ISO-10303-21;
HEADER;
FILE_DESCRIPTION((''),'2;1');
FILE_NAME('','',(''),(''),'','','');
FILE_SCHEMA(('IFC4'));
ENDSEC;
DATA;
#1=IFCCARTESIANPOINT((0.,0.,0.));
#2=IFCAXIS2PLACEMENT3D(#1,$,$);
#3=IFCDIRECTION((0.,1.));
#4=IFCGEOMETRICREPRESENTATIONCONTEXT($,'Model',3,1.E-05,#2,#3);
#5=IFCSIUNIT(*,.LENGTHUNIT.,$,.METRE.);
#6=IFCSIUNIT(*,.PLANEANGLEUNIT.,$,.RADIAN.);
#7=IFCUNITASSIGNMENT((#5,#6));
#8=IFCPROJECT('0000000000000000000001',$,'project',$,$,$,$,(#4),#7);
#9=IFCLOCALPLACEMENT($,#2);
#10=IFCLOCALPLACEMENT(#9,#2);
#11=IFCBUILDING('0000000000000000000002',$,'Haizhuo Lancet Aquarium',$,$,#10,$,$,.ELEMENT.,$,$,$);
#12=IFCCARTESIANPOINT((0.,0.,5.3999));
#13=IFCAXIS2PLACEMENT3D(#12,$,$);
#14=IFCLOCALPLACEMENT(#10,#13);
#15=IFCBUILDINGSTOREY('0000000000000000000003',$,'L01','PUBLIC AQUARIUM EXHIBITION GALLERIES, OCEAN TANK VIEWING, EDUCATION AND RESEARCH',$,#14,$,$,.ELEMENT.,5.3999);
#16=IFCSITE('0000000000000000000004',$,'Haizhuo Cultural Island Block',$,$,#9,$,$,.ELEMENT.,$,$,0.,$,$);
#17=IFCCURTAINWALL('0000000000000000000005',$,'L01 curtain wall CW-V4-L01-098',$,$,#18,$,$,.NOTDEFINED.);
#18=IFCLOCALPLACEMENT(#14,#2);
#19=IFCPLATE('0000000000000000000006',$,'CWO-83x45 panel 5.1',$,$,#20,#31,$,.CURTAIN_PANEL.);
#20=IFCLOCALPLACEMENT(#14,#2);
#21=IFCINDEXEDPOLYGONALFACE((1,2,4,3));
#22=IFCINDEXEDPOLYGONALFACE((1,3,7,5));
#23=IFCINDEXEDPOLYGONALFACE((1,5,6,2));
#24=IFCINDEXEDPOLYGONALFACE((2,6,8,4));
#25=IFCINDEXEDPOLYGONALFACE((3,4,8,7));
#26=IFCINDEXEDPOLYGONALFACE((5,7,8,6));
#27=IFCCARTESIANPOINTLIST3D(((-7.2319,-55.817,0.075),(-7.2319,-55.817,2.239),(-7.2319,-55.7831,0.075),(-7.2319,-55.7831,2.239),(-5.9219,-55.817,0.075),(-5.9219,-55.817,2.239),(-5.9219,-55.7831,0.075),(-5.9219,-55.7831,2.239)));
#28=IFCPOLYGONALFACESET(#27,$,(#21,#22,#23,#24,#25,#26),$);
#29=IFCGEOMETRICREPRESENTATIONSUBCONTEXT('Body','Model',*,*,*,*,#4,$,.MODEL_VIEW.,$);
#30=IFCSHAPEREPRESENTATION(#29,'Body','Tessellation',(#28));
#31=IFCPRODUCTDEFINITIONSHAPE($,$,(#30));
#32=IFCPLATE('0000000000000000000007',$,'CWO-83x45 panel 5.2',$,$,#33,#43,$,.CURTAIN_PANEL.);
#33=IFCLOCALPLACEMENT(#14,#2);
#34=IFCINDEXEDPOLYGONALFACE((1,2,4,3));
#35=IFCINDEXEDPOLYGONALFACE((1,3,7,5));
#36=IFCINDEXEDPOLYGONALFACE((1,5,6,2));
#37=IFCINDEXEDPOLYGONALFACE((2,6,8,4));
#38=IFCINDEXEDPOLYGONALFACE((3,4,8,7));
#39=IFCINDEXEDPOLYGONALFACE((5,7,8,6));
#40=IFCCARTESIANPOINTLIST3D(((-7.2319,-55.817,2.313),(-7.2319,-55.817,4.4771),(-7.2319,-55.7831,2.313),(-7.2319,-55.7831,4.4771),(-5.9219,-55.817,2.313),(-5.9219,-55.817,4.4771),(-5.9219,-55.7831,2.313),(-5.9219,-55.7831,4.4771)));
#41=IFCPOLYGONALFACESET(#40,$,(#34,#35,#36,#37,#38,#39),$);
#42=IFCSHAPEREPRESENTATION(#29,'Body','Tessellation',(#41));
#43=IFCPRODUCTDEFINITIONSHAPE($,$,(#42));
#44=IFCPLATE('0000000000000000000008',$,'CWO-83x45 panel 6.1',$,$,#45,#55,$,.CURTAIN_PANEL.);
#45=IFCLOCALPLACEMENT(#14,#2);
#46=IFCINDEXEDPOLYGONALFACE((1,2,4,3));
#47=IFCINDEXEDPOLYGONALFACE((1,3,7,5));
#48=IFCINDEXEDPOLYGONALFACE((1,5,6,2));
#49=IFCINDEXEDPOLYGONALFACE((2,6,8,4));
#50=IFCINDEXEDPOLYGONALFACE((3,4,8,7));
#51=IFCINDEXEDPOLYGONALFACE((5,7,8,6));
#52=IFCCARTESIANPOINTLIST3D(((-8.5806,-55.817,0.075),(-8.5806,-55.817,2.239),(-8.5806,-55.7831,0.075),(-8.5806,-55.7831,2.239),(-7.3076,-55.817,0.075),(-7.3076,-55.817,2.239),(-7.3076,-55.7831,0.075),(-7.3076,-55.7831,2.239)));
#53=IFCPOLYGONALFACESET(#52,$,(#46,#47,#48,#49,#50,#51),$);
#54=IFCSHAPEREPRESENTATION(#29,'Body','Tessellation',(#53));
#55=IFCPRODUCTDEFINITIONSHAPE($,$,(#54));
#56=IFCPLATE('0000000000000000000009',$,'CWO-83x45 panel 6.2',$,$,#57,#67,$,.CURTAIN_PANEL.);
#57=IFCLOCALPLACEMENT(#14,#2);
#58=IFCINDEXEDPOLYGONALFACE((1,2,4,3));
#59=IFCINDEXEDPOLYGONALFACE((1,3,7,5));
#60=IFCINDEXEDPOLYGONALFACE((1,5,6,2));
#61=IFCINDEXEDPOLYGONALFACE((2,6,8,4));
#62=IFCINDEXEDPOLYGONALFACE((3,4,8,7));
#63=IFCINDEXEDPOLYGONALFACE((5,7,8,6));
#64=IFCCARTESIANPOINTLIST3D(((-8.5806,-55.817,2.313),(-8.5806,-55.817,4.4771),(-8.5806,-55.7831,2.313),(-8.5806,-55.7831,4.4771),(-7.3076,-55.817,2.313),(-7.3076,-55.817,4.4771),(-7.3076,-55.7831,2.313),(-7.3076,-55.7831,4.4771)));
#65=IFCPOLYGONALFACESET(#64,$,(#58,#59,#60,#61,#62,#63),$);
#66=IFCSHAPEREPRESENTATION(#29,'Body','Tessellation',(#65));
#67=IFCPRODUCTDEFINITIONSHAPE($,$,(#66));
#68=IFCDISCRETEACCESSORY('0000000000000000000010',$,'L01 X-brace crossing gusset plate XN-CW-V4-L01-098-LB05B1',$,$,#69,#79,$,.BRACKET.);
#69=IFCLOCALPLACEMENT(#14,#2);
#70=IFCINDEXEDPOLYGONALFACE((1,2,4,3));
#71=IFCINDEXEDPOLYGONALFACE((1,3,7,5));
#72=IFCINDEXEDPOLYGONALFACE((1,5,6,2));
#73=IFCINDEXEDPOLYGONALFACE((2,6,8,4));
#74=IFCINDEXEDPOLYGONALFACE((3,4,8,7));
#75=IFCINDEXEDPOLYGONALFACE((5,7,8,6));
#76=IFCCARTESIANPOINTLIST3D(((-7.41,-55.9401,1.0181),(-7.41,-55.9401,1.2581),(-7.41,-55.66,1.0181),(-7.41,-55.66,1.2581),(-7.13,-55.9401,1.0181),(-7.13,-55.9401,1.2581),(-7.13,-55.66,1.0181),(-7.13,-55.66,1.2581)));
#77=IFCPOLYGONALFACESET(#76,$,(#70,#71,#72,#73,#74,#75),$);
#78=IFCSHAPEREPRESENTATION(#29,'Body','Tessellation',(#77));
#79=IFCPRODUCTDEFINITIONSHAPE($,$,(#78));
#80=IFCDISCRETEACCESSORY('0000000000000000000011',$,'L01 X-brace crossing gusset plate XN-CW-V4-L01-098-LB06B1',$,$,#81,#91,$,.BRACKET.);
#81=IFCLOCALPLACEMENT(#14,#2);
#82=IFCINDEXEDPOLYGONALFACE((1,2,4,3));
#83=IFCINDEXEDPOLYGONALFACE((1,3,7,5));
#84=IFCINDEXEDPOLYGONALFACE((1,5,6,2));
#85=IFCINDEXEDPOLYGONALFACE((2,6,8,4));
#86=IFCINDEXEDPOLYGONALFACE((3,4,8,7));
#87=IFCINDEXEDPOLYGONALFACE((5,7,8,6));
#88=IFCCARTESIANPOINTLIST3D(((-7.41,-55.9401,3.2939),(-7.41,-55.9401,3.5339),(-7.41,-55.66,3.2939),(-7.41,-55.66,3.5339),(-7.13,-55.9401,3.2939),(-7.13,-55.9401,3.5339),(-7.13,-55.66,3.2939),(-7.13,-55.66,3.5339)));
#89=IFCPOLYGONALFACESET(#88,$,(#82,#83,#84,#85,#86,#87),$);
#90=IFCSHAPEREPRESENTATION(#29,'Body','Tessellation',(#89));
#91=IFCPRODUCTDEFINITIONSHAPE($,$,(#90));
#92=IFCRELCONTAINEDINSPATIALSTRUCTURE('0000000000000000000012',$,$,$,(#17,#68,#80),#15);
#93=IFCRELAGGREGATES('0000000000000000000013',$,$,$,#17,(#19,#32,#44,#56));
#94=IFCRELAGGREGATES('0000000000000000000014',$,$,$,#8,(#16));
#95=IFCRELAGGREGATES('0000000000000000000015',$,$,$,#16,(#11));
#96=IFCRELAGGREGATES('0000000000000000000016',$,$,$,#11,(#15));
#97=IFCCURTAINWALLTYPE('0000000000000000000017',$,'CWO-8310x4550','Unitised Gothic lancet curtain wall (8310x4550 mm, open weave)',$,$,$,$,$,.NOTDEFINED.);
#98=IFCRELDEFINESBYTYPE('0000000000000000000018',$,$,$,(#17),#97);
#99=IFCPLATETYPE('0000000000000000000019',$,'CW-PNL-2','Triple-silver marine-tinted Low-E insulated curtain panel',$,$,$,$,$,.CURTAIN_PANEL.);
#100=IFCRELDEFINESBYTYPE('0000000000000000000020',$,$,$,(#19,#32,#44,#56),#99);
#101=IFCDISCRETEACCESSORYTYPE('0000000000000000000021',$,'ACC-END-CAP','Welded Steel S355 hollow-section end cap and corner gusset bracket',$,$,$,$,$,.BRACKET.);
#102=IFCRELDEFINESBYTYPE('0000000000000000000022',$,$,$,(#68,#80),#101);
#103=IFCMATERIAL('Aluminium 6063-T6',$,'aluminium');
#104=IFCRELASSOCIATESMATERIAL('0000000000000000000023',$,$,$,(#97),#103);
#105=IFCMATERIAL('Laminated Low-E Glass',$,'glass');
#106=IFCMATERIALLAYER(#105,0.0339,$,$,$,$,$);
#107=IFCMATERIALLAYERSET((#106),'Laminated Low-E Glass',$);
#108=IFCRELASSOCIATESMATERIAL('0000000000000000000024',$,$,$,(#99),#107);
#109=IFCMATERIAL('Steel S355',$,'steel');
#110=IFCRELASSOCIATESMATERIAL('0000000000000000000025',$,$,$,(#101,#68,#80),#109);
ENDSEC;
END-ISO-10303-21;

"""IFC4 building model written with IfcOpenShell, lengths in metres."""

from ifc_helpers import new_model, si_unit, direction, frame, origin, origin_2d, place, context, subcontext, project, spatial, rectangle, extrude, material, layer, layer_set, type_object, element, aggregate, save


model = new_model("IFC4")

# Units and contexts
model_context = context("Model", 3, precision=1e-05, world=origin(), true_north=direction((0.0, 1.0)))
body_context = subcontext(model_context, "Body", "Model", "MODEL_VIEW")
ifc_project = project(units=[si_unit("LENGTHUNIT", "METRE"), si_unit("PLANEANGLEUNIT", "RADIAN")], contexts=[model_context])

# Site, building, storey
site_placement = place(None, origin())
site = spatial("IfcSite", under=ifc_project, at=site_placement, Name="Haizhuo Cultural Island Block", CompositionType="ELEMENT", RefElevation=0.0)
building_placement = place(site_placement, origin())
building = spatial("IfcBuilding", under=site, at=building_placement, Name="Haizhuo Lancet Aquarium", CompositionType="ELEMENT")
storey_placement = place(building_placement, frame((0.0, 0.0, 5.3999)))
storey = spatial("IfcBuildingStorey", under=building, at=storey_placement, Name="L01", Description="PUBLIC AQUARIUM EXHIBITION GALLERIES, OCEAN TANK VIEWING, EDUCATION AND RESEARCH", CompositionType="ELEMENT", Elevation=5.3999)

# Shared definitions
ifc_material_1 = material(Name="Steel S355", Category="steel")

# Curtain wall
ifc_material_2 = material(Name="Aluminium 6063-T6", Category="aluminium")
curtain_wall_type = type_object("IfcCurtainWallType", Name="CWO-8310x4550", Description="Unitised Gothic lancet curtain wall (8310x4550 mm, open weave)", PredefinedType="NOTDEFINED", material=ifc_material_2)
curtain_wall_1_placement = place(storey_placement, origin())
curtain_wall_1 = element("IfcCurtainWall", 1, at=curtain_wall_1_placement, inside=storey, type_object=curtain_wall_type, Name="L01 curtain wall CW-V4-L01-098", PredefinedType="NOTDEFINED")

# Plates
ifc_material_3 = material(Name="Laminated Low-E Glass", Category="glass")
ifc_layer = layer(ifc_material_3, 0.0339)
ifc_layer_set = layer_set([ifc_layer], Name="Laminated Low-E Glass")
plate_type = type_object("IfcPlateType", Name="CW-PNL-2", Description="Triple-silver marine-tinted Low-E insulated curtain panel", PredefinedType="CURTAIN_PANEL", material=ifc_layer_set)
plate_1_placement = place(storey_placement, frame((-6.5769, -55.8, 0.075), z_axis=(0.0, 0.0, 1.0), x_axis=(-1.0, 0.0, 0.0)))
plate_1 = element("IfcPlate", 2, at=plate_1_placement, type_object=plate_type, Name="CWO-83x45 panel 5.1", PredefinedType="CURTAIN_PANEL", context=body_context, shape_type="SweptSolid", body=[
    extrude(rectangle(XDim=1.3101, YDim=0.0339, at=origin_2d()), origin(), (0.0, 0.0, 1.0), 2.1641),
])
plate_2_placement = place(storey_placement, frame((-6.5769, -55.8, 2.313), z_axis=(0.0, 0.0, 1.0), x_axis=(-1.0, 0.0, 0.0)))
plate_2 = element("IfcPlate", 3, at=plate_2_placement, type_object=plate_type, Name="CWO-83x45 panel 5.2", PredefinedType="CURTAIN_PANEL", context=body_context, shape_type="SweptSolid", body=[
    extrude(rectangle(XDim=1.3101, YDim=0.0339, at=origin_2d()), origin(), (0.0, 0.0, 1.0), 2.1641),
])
plate_3_placement = place(storey_placement, frame((-7.9441, -55.8, 0.075), z_axis=(0.0, 0.0, 1.0), x_axis=(-1.0, 0.0, 0.0)))
plate_3 = element("IfcPlate", 4, at=plate_3_placement, type_object=plate_type, Name="CWO-83x45 panel 6.1", PredefinedType="CURTAIN_PANEL", context=body_context, shape_type="SweptSolid", body=[
    extrude(rectangle(XDim=1.2729, YDim=0.0339, at=origin_2d()), origin(), (0.0, 0.0, 1.0), 2.1641),
])
plate_4_placement = place(storey_placement, frame((-7.9441, -55.8, 2.313), z_axis=(0.0, 0.0, 1.0), x_axis=(-1.0, 0.0, 0.0)))
plate_4 = element("IfcPlate", 5, at=plate_4_placement, type_object=plate_type, Name="CWO-83x45 panel 6.2", PredefinedType="CURTAIN_PANEL", context=body_context, shape_type="SweptSolid", body=[
    extrude(rectangle(XDim=1.2729, YDim=0.0339, at=origin_2d()), origin(), (0.0, 0.0, 1.0), 2.1641),
])
aggregate(curtain_wall_1, [plate_1, plate_2, plate_3, plate_4])

# Discrete accessories
discrete_accessory_type = type_object("IfcDiscreteAccessoryType", Name="ACC-END-CAP", Description="Welded Steel S355 hollow-section end cap and corner gusset bracket", PredefinedType="BRACKET", material=ifc_material_1)
for number, where, z_axis, x_axis, name in (
    (6, (-7.27, -55.8, 1.0181), (0.0, 0.0, 1.0), (1.0, 0.0, 0.0), "L01 X-brace crossing gusset plate XN-CW-V4-L01-098-LB05B1"),
    (7, (-7.27, -55.8, 3.2939), (0.0, 0.0, 1.0), (1.0, 0.0, 0.0), "L01 X-brace crossing gusset plate XN-CW-V4-L01-098-LB06B1"),
):
    element("IfcDiscreteAccessory", number, at=place(storey_placement, frame(where, z_axis=z_axis, x_axis=x_axis)), inside=storey, type_object=discrete_accessory_type, material=ifc_material_1, Name=name, PredefinedType="BRACKET", context=body_context, shape_type="SweptSolid", body=[
        extrude(rectangle(XDim=0.28, YDim=0.28, at=origin_2d()), origin(), (0.0, 0.0, 1.0), 0.24),
    ])

save(model, "model.ifc")
